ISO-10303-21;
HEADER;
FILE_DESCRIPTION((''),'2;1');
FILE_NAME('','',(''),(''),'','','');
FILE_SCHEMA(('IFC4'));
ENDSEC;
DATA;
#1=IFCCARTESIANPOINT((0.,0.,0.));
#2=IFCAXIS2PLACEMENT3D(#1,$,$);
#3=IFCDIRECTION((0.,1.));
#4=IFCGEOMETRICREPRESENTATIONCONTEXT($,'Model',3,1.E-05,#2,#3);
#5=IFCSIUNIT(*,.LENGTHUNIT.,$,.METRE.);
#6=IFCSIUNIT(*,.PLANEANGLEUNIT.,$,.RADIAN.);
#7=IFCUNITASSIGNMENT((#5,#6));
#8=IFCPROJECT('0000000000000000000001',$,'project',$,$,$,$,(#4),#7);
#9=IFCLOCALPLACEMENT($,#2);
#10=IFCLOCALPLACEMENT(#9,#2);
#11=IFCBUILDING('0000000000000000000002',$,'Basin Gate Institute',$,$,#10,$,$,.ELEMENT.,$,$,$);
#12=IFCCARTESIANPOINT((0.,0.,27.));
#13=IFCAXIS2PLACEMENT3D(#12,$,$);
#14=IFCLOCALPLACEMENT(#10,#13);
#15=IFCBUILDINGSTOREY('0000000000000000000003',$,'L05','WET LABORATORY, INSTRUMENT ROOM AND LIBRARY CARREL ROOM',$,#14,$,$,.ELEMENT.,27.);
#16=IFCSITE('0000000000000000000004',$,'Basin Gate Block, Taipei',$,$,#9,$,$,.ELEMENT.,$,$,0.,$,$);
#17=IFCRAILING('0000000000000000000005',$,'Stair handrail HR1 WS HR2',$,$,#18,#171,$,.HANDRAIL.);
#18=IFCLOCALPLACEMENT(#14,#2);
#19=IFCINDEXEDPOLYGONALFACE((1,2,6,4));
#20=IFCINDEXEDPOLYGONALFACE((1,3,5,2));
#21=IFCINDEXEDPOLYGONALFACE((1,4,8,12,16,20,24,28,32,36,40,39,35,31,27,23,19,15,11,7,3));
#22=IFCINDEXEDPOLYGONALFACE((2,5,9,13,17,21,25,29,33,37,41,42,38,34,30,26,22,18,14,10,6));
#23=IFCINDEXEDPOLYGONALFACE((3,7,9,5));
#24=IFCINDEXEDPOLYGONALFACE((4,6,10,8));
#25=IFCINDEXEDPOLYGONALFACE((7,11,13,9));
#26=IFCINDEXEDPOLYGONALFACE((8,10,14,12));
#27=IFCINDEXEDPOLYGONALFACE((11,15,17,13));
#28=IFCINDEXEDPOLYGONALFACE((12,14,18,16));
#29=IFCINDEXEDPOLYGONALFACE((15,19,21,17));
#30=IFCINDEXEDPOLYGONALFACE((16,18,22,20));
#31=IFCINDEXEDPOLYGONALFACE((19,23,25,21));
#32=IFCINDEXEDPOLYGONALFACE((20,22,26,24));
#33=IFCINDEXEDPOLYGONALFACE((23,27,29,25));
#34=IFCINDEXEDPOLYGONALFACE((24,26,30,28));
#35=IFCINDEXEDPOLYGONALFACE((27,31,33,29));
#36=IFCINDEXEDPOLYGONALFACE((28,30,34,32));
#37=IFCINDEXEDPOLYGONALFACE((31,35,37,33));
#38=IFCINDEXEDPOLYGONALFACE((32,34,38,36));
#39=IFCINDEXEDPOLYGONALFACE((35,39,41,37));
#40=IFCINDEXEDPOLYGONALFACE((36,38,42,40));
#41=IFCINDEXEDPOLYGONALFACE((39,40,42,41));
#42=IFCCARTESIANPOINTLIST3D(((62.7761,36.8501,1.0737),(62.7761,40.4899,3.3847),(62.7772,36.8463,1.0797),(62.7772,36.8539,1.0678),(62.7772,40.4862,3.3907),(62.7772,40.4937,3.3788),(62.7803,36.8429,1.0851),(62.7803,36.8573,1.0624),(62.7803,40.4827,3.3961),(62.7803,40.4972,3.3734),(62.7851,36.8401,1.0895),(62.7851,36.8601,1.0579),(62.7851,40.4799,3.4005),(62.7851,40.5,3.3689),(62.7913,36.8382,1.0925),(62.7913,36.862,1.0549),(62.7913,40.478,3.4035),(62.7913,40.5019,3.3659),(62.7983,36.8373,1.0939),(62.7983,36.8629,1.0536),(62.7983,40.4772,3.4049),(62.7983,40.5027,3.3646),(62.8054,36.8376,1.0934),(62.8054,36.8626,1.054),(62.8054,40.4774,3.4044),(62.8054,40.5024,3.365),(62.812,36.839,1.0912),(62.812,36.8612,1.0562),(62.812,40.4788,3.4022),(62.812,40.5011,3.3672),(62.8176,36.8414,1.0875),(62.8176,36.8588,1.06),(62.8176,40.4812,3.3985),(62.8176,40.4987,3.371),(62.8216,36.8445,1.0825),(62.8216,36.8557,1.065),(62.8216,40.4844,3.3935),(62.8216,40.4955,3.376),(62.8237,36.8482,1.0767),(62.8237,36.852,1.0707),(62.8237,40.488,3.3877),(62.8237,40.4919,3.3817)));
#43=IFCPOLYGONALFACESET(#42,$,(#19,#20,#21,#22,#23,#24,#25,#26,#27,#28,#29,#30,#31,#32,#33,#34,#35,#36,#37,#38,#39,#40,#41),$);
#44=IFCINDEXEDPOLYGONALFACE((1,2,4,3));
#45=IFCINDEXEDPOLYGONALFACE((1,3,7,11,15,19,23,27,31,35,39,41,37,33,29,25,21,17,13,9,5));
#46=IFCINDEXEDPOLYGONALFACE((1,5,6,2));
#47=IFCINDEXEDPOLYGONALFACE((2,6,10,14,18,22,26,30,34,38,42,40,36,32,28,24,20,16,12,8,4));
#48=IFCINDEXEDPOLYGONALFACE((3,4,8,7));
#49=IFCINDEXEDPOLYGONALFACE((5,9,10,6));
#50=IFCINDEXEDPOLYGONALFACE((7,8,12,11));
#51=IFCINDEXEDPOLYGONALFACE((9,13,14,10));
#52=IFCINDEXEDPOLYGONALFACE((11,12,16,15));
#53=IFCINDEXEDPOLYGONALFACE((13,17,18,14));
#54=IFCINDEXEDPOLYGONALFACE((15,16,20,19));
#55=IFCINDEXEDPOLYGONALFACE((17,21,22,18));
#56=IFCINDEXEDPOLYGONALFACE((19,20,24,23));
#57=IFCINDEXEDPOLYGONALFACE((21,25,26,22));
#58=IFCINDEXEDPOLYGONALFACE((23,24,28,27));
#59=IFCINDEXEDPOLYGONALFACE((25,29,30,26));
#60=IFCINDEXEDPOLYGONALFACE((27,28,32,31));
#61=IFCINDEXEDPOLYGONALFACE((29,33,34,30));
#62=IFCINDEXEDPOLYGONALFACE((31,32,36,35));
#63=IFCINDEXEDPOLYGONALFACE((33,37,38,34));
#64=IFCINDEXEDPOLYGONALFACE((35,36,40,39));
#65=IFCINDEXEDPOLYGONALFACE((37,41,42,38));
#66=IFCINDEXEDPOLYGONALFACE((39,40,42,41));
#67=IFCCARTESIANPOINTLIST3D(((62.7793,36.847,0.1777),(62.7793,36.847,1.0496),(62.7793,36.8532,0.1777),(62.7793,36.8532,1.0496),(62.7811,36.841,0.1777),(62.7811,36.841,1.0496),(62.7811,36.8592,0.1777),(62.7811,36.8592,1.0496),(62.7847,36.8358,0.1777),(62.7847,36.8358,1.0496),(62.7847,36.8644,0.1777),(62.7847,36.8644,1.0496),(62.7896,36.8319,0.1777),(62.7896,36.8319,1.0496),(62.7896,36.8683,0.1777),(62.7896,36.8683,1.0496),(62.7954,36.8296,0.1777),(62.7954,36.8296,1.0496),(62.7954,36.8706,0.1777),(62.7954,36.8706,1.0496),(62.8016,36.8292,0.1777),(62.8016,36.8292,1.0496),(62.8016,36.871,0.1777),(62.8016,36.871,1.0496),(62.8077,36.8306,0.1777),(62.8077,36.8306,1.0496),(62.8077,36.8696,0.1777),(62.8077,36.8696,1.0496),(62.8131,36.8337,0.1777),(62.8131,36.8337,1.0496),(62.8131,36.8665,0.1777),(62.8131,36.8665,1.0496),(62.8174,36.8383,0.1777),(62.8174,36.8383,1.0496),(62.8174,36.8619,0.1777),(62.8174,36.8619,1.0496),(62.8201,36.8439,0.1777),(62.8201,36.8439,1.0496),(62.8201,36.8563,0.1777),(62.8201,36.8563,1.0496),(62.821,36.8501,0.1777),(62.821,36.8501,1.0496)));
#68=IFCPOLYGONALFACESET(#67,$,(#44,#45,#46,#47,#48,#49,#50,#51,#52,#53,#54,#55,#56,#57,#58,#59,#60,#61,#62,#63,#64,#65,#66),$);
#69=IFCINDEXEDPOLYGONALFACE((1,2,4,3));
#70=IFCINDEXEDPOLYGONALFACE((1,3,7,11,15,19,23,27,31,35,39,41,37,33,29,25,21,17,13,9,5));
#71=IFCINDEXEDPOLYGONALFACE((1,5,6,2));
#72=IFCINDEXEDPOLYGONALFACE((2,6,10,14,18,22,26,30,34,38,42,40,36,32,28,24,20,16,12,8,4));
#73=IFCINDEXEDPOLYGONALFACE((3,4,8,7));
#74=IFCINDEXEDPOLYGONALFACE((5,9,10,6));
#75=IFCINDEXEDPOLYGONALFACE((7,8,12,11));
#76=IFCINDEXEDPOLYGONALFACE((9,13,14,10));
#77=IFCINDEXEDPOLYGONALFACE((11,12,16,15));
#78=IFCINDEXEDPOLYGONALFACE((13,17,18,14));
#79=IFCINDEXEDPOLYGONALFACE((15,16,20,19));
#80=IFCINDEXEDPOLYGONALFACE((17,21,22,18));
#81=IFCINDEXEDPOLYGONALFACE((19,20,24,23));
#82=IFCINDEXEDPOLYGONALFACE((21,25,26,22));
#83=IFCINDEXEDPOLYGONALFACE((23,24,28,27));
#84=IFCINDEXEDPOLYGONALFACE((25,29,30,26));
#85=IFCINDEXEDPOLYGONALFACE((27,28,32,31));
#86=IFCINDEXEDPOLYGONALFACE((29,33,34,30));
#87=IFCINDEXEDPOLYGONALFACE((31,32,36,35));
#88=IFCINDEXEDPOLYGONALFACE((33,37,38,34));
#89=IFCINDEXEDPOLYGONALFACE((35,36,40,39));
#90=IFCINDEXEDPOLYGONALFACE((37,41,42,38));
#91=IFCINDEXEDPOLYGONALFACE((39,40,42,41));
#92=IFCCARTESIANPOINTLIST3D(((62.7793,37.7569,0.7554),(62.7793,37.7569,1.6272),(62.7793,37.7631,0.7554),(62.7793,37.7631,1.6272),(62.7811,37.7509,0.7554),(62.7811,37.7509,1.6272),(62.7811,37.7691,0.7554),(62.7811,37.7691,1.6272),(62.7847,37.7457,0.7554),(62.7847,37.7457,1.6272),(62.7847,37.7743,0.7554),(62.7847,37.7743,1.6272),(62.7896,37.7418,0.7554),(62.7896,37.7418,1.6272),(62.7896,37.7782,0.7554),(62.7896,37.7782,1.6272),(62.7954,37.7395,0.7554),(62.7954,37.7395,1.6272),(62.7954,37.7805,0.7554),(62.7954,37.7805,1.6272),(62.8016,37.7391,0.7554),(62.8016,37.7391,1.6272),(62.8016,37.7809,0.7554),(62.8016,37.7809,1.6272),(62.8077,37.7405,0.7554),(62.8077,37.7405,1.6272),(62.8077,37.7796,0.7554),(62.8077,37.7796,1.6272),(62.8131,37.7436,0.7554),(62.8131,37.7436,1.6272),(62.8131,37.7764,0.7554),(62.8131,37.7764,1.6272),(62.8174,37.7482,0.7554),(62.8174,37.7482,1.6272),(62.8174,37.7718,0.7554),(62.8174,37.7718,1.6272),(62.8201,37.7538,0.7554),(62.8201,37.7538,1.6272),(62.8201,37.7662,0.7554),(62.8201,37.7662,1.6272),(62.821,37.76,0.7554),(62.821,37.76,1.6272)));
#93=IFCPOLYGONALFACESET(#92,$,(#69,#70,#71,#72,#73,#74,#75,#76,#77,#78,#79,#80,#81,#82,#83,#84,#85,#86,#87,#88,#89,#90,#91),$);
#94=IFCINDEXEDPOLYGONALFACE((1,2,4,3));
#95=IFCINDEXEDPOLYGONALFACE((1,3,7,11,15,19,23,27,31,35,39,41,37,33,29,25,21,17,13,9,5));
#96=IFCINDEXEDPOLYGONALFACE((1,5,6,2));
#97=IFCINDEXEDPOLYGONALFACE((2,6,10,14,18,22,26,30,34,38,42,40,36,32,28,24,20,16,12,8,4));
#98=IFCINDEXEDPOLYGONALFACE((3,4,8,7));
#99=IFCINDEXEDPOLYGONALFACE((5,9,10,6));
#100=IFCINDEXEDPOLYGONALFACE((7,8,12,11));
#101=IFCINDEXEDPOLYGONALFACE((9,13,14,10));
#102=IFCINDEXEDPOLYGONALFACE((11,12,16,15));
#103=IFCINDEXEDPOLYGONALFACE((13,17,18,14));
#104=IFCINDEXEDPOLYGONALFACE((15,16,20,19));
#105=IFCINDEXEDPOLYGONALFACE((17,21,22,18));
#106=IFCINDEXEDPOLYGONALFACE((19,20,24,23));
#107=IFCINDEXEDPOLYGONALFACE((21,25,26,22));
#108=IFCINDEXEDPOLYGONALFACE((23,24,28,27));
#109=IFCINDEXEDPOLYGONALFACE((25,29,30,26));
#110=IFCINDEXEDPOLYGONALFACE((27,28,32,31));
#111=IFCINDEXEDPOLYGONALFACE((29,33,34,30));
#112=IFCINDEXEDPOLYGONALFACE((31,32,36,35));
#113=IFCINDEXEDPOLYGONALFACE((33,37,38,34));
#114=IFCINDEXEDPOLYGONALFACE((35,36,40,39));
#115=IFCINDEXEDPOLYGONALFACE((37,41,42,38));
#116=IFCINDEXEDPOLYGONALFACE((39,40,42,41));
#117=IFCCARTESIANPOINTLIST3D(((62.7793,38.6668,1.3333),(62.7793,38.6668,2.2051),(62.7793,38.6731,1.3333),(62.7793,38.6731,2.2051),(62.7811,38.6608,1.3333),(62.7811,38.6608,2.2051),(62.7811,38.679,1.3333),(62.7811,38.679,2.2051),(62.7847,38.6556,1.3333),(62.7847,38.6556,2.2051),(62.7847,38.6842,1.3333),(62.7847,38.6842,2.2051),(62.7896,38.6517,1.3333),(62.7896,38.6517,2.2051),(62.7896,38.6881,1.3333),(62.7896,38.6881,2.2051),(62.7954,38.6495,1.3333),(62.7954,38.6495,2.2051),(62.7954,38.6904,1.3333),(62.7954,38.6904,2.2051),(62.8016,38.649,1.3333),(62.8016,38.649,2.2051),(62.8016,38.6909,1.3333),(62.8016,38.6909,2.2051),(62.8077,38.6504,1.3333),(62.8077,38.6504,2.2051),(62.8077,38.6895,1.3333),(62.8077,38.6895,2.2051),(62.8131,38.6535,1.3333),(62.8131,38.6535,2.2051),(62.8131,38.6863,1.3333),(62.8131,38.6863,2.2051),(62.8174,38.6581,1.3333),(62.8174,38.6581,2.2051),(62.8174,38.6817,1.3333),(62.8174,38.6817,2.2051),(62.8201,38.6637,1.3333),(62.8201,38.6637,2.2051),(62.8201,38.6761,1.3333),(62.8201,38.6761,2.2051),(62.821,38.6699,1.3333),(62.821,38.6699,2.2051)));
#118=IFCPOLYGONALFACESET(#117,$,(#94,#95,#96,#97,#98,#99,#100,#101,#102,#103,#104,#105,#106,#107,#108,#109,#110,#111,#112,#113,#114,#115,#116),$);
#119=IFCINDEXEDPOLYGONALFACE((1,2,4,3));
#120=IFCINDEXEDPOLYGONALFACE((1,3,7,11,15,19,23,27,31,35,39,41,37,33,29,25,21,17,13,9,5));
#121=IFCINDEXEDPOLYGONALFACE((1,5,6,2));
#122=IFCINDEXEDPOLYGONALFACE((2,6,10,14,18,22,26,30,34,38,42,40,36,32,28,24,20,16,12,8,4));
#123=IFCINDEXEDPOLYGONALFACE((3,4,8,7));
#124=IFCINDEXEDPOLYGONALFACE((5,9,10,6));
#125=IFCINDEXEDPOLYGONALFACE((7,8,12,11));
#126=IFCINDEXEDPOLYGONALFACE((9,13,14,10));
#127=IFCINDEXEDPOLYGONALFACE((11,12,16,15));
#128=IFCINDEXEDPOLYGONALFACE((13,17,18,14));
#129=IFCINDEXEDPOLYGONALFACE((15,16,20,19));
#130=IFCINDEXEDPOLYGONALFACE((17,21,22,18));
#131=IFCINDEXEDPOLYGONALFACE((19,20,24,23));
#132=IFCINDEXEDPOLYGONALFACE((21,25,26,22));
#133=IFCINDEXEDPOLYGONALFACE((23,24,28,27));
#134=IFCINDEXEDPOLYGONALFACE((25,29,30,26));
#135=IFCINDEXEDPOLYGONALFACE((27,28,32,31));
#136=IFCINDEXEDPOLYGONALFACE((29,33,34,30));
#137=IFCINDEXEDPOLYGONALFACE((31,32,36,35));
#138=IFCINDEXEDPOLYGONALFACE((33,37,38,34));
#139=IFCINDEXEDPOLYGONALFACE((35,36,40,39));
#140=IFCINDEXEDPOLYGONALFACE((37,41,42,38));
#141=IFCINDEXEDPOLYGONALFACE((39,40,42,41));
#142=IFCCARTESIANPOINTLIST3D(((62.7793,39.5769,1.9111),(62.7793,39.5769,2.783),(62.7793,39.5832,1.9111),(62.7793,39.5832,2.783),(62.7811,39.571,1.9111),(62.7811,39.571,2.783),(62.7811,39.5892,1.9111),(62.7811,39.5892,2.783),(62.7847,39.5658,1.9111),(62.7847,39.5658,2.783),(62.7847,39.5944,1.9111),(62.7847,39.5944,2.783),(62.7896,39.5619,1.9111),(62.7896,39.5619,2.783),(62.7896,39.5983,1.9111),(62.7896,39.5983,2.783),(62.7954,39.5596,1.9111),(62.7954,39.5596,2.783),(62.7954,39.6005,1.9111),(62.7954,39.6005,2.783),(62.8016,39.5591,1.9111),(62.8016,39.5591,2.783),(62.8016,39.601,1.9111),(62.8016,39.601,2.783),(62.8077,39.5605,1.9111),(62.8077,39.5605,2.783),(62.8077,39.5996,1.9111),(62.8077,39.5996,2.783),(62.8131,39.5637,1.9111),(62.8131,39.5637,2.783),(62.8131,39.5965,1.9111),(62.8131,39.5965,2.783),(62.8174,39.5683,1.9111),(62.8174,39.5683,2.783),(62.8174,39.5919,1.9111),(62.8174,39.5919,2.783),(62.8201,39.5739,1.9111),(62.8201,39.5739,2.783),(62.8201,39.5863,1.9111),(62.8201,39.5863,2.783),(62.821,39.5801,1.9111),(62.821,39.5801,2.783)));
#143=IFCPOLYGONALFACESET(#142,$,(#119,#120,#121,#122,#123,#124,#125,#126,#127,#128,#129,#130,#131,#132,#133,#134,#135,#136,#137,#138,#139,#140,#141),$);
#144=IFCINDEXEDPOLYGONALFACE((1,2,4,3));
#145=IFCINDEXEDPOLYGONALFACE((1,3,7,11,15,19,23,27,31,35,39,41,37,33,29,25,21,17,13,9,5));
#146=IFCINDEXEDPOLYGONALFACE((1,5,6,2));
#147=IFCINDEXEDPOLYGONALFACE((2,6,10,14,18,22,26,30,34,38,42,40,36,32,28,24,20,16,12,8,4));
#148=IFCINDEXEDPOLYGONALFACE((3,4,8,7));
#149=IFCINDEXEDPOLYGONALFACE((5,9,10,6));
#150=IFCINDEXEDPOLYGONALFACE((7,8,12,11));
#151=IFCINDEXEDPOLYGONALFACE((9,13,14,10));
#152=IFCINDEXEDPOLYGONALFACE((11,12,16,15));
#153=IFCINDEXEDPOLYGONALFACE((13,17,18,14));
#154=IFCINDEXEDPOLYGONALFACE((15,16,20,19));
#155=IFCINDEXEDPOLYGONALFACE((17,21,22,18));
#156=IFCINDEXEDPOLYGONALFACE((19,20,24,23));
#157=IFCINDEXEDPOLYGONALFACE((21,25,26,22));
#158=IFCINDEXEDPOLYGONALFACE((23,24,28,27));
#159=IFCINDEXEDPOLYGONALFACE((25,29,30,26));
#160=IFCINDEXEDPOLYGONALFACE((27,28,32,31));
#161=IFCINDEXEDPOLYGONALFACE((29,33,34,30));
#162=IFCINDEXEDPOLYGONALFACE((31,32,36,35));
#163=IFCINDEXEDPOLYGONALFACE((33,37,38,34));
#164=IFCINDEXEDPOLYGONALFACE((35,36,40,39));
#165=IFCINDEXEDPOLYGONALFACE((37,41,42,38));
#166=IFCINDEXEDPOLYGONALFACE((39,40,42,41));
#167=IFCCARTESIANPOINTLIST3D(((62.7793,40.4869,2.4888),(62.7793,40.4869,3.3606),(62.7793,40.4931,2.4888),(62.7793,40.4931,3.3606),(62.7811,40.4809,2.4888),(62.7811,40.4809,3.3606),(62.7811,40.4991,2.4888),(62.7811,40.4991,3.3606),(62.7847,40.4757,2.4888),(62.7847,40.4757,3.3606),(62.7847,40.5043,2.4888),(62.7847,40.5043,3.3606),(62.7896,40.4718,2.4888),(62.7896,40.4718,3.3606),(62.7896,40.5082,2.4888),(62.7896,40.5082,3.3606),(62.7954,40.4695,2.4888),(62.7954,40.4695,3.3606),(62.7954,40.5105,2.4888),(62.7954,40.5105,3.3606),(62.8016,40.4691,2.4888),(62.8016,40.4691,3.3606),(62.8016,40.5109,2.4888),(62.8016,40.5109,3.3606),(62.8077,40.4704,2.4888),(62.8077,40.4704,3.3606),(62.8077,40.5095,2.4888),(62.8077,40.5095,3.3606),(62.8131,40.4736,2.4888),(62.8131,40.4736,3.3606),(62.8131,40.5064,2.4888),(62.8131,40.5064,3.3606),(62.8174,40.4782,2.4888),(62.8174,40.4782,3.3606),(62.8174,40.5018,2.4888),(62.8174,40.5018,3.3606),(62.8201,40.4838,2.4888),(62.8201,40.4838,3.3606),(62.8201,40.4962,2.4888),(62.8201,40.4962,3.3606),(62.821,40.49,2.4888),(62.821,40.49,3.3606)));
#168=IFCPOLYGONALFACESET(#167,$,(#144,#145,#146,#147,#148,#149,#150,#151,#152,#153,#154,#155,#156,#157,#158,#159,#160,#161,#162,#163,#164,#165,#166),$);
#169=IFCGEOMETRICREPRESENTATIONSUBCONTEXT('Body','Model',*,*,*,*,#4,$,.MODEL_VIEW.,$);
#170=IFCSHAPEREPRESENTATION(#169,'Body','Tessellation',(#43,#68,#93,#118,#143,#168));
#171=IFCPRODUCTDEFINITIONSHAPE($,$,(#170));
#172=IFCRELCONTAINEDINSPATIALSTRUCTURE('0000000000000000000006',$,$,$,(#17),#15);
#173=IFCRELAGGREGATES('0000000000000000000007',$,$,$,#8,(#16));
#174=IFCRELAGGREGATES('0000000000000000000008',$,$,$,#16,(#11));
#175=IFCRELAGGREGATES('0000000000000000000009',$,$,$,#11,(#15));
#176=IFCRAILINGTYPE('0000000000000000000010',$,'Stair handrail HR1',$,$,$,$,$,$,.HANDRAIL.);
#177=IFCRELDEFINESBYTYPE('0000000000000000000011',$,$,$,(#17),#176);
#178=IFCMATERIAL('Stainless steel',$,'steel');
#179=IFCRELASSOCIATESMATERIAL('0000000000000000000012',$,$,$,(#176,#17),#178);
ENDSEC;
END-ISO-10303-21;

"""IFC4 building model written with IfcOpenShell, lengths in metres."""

from ifc_helpers import new_model, si_unit, direction, frame, origin, origin_2d, place, context, subcontext, project, spatial, circle, extrude, material, type_object, element, save


model = new_model("IFC4")

# Units and contexts
model_context = context("Model", 3, precision=1e-05, world=origin(), true_north=direction((0.0, 1.0)))
body_context = subcontext(model_context, "Body", "Model", "MODEL_VIEW")
ifc_project = project(units=[si_unit("LENGTHUNIT", "METRE"), si_unit("PLANEANGLEUNIT", "RADIAN")], contexts=[model_context])

# Site, building, storey
site_placement = place(None, origin())
site = spatial("IfcSite", under=ifc_project, at=site_placement, Name="Basin Gate Block, Taipei", CompositionType="ELEMENT", RefElevation=0.0)
building_placement = place(site_placement, origin())
building = spatial("IfcBuilding", under=site, at=building_placement, Name="Basin Gate Institute", CompositionType="ELEMENT")
storey_placement = place(building_placement, frame((0.0, 0.0, 27.0)))
storey = spatial("IfcBuildingStorey", under=building, at=storey_placement, Name="L05", Description="WET LABORATORY, INSTRUMENT ROOM AND LIBRARY CARREL ROOM", CompositionType="ELEMENT", Elevation=27.0)

# Railing
ifc_material_1 = material(Name="Stainless steel", Category="steel")
railing_type_1 = type_object("IfcRailingType", Name="Stair handrail HR1", PredefinedType="HANDRAIL", material=ifc_material_1)
for number, where, name in (
    (1, (62.8, 36.8501, 0.1777), "Stair handrail HR1 WS HR2"),
):
    element("IfcRailing", number, at=place(storey_placement, frame(where)), inside=storey, type_object=railing_type_1, material=ifc_material_1, Name=name, PredefinedType="HANDRAIL", context=body_context, shape_type="SweptSolid", body=[
        extrude(circle(Radius=0.0239, at=origin_2d()), frame((0.0, 0.0, 0.896), z_axis=(0.0, 0.844214, 0.536007), x_axis=(-1.0, 0.0, 0.0)), (0.0, 0.0, 1.0), 4.3115),
        extrude(circle(Radius=0.021, at=origin_2d()), origin(), (0.0, 0.0, 1.0), 0.8718),
        extrude(circle(Radius=0.021, at=origin_2d()), frame((0.0, 0.9099, 0.5776)), (0.0, 0.0, 1.0), 0.8718),
        extrude(circle(Radius=0.021, at=origin_2d()), frame((0.0, 1.8198, 1.1555)), (0.0, 0.0, 1.0), 0.8718),
        extrude(circle(Radius=0.021, at=origin_2d()), frame((0.0, 2.73, 1.7334)), (0.0, 0.0, 1.0), 0.8718),
        extrude(circle(Radius=0.021, at=origin_2d()), frame((0.0, 3.6399, 2.311)), (0.0, 0.0, 1.0), 0.8718),
    ])

save(model, "model.ifc")
